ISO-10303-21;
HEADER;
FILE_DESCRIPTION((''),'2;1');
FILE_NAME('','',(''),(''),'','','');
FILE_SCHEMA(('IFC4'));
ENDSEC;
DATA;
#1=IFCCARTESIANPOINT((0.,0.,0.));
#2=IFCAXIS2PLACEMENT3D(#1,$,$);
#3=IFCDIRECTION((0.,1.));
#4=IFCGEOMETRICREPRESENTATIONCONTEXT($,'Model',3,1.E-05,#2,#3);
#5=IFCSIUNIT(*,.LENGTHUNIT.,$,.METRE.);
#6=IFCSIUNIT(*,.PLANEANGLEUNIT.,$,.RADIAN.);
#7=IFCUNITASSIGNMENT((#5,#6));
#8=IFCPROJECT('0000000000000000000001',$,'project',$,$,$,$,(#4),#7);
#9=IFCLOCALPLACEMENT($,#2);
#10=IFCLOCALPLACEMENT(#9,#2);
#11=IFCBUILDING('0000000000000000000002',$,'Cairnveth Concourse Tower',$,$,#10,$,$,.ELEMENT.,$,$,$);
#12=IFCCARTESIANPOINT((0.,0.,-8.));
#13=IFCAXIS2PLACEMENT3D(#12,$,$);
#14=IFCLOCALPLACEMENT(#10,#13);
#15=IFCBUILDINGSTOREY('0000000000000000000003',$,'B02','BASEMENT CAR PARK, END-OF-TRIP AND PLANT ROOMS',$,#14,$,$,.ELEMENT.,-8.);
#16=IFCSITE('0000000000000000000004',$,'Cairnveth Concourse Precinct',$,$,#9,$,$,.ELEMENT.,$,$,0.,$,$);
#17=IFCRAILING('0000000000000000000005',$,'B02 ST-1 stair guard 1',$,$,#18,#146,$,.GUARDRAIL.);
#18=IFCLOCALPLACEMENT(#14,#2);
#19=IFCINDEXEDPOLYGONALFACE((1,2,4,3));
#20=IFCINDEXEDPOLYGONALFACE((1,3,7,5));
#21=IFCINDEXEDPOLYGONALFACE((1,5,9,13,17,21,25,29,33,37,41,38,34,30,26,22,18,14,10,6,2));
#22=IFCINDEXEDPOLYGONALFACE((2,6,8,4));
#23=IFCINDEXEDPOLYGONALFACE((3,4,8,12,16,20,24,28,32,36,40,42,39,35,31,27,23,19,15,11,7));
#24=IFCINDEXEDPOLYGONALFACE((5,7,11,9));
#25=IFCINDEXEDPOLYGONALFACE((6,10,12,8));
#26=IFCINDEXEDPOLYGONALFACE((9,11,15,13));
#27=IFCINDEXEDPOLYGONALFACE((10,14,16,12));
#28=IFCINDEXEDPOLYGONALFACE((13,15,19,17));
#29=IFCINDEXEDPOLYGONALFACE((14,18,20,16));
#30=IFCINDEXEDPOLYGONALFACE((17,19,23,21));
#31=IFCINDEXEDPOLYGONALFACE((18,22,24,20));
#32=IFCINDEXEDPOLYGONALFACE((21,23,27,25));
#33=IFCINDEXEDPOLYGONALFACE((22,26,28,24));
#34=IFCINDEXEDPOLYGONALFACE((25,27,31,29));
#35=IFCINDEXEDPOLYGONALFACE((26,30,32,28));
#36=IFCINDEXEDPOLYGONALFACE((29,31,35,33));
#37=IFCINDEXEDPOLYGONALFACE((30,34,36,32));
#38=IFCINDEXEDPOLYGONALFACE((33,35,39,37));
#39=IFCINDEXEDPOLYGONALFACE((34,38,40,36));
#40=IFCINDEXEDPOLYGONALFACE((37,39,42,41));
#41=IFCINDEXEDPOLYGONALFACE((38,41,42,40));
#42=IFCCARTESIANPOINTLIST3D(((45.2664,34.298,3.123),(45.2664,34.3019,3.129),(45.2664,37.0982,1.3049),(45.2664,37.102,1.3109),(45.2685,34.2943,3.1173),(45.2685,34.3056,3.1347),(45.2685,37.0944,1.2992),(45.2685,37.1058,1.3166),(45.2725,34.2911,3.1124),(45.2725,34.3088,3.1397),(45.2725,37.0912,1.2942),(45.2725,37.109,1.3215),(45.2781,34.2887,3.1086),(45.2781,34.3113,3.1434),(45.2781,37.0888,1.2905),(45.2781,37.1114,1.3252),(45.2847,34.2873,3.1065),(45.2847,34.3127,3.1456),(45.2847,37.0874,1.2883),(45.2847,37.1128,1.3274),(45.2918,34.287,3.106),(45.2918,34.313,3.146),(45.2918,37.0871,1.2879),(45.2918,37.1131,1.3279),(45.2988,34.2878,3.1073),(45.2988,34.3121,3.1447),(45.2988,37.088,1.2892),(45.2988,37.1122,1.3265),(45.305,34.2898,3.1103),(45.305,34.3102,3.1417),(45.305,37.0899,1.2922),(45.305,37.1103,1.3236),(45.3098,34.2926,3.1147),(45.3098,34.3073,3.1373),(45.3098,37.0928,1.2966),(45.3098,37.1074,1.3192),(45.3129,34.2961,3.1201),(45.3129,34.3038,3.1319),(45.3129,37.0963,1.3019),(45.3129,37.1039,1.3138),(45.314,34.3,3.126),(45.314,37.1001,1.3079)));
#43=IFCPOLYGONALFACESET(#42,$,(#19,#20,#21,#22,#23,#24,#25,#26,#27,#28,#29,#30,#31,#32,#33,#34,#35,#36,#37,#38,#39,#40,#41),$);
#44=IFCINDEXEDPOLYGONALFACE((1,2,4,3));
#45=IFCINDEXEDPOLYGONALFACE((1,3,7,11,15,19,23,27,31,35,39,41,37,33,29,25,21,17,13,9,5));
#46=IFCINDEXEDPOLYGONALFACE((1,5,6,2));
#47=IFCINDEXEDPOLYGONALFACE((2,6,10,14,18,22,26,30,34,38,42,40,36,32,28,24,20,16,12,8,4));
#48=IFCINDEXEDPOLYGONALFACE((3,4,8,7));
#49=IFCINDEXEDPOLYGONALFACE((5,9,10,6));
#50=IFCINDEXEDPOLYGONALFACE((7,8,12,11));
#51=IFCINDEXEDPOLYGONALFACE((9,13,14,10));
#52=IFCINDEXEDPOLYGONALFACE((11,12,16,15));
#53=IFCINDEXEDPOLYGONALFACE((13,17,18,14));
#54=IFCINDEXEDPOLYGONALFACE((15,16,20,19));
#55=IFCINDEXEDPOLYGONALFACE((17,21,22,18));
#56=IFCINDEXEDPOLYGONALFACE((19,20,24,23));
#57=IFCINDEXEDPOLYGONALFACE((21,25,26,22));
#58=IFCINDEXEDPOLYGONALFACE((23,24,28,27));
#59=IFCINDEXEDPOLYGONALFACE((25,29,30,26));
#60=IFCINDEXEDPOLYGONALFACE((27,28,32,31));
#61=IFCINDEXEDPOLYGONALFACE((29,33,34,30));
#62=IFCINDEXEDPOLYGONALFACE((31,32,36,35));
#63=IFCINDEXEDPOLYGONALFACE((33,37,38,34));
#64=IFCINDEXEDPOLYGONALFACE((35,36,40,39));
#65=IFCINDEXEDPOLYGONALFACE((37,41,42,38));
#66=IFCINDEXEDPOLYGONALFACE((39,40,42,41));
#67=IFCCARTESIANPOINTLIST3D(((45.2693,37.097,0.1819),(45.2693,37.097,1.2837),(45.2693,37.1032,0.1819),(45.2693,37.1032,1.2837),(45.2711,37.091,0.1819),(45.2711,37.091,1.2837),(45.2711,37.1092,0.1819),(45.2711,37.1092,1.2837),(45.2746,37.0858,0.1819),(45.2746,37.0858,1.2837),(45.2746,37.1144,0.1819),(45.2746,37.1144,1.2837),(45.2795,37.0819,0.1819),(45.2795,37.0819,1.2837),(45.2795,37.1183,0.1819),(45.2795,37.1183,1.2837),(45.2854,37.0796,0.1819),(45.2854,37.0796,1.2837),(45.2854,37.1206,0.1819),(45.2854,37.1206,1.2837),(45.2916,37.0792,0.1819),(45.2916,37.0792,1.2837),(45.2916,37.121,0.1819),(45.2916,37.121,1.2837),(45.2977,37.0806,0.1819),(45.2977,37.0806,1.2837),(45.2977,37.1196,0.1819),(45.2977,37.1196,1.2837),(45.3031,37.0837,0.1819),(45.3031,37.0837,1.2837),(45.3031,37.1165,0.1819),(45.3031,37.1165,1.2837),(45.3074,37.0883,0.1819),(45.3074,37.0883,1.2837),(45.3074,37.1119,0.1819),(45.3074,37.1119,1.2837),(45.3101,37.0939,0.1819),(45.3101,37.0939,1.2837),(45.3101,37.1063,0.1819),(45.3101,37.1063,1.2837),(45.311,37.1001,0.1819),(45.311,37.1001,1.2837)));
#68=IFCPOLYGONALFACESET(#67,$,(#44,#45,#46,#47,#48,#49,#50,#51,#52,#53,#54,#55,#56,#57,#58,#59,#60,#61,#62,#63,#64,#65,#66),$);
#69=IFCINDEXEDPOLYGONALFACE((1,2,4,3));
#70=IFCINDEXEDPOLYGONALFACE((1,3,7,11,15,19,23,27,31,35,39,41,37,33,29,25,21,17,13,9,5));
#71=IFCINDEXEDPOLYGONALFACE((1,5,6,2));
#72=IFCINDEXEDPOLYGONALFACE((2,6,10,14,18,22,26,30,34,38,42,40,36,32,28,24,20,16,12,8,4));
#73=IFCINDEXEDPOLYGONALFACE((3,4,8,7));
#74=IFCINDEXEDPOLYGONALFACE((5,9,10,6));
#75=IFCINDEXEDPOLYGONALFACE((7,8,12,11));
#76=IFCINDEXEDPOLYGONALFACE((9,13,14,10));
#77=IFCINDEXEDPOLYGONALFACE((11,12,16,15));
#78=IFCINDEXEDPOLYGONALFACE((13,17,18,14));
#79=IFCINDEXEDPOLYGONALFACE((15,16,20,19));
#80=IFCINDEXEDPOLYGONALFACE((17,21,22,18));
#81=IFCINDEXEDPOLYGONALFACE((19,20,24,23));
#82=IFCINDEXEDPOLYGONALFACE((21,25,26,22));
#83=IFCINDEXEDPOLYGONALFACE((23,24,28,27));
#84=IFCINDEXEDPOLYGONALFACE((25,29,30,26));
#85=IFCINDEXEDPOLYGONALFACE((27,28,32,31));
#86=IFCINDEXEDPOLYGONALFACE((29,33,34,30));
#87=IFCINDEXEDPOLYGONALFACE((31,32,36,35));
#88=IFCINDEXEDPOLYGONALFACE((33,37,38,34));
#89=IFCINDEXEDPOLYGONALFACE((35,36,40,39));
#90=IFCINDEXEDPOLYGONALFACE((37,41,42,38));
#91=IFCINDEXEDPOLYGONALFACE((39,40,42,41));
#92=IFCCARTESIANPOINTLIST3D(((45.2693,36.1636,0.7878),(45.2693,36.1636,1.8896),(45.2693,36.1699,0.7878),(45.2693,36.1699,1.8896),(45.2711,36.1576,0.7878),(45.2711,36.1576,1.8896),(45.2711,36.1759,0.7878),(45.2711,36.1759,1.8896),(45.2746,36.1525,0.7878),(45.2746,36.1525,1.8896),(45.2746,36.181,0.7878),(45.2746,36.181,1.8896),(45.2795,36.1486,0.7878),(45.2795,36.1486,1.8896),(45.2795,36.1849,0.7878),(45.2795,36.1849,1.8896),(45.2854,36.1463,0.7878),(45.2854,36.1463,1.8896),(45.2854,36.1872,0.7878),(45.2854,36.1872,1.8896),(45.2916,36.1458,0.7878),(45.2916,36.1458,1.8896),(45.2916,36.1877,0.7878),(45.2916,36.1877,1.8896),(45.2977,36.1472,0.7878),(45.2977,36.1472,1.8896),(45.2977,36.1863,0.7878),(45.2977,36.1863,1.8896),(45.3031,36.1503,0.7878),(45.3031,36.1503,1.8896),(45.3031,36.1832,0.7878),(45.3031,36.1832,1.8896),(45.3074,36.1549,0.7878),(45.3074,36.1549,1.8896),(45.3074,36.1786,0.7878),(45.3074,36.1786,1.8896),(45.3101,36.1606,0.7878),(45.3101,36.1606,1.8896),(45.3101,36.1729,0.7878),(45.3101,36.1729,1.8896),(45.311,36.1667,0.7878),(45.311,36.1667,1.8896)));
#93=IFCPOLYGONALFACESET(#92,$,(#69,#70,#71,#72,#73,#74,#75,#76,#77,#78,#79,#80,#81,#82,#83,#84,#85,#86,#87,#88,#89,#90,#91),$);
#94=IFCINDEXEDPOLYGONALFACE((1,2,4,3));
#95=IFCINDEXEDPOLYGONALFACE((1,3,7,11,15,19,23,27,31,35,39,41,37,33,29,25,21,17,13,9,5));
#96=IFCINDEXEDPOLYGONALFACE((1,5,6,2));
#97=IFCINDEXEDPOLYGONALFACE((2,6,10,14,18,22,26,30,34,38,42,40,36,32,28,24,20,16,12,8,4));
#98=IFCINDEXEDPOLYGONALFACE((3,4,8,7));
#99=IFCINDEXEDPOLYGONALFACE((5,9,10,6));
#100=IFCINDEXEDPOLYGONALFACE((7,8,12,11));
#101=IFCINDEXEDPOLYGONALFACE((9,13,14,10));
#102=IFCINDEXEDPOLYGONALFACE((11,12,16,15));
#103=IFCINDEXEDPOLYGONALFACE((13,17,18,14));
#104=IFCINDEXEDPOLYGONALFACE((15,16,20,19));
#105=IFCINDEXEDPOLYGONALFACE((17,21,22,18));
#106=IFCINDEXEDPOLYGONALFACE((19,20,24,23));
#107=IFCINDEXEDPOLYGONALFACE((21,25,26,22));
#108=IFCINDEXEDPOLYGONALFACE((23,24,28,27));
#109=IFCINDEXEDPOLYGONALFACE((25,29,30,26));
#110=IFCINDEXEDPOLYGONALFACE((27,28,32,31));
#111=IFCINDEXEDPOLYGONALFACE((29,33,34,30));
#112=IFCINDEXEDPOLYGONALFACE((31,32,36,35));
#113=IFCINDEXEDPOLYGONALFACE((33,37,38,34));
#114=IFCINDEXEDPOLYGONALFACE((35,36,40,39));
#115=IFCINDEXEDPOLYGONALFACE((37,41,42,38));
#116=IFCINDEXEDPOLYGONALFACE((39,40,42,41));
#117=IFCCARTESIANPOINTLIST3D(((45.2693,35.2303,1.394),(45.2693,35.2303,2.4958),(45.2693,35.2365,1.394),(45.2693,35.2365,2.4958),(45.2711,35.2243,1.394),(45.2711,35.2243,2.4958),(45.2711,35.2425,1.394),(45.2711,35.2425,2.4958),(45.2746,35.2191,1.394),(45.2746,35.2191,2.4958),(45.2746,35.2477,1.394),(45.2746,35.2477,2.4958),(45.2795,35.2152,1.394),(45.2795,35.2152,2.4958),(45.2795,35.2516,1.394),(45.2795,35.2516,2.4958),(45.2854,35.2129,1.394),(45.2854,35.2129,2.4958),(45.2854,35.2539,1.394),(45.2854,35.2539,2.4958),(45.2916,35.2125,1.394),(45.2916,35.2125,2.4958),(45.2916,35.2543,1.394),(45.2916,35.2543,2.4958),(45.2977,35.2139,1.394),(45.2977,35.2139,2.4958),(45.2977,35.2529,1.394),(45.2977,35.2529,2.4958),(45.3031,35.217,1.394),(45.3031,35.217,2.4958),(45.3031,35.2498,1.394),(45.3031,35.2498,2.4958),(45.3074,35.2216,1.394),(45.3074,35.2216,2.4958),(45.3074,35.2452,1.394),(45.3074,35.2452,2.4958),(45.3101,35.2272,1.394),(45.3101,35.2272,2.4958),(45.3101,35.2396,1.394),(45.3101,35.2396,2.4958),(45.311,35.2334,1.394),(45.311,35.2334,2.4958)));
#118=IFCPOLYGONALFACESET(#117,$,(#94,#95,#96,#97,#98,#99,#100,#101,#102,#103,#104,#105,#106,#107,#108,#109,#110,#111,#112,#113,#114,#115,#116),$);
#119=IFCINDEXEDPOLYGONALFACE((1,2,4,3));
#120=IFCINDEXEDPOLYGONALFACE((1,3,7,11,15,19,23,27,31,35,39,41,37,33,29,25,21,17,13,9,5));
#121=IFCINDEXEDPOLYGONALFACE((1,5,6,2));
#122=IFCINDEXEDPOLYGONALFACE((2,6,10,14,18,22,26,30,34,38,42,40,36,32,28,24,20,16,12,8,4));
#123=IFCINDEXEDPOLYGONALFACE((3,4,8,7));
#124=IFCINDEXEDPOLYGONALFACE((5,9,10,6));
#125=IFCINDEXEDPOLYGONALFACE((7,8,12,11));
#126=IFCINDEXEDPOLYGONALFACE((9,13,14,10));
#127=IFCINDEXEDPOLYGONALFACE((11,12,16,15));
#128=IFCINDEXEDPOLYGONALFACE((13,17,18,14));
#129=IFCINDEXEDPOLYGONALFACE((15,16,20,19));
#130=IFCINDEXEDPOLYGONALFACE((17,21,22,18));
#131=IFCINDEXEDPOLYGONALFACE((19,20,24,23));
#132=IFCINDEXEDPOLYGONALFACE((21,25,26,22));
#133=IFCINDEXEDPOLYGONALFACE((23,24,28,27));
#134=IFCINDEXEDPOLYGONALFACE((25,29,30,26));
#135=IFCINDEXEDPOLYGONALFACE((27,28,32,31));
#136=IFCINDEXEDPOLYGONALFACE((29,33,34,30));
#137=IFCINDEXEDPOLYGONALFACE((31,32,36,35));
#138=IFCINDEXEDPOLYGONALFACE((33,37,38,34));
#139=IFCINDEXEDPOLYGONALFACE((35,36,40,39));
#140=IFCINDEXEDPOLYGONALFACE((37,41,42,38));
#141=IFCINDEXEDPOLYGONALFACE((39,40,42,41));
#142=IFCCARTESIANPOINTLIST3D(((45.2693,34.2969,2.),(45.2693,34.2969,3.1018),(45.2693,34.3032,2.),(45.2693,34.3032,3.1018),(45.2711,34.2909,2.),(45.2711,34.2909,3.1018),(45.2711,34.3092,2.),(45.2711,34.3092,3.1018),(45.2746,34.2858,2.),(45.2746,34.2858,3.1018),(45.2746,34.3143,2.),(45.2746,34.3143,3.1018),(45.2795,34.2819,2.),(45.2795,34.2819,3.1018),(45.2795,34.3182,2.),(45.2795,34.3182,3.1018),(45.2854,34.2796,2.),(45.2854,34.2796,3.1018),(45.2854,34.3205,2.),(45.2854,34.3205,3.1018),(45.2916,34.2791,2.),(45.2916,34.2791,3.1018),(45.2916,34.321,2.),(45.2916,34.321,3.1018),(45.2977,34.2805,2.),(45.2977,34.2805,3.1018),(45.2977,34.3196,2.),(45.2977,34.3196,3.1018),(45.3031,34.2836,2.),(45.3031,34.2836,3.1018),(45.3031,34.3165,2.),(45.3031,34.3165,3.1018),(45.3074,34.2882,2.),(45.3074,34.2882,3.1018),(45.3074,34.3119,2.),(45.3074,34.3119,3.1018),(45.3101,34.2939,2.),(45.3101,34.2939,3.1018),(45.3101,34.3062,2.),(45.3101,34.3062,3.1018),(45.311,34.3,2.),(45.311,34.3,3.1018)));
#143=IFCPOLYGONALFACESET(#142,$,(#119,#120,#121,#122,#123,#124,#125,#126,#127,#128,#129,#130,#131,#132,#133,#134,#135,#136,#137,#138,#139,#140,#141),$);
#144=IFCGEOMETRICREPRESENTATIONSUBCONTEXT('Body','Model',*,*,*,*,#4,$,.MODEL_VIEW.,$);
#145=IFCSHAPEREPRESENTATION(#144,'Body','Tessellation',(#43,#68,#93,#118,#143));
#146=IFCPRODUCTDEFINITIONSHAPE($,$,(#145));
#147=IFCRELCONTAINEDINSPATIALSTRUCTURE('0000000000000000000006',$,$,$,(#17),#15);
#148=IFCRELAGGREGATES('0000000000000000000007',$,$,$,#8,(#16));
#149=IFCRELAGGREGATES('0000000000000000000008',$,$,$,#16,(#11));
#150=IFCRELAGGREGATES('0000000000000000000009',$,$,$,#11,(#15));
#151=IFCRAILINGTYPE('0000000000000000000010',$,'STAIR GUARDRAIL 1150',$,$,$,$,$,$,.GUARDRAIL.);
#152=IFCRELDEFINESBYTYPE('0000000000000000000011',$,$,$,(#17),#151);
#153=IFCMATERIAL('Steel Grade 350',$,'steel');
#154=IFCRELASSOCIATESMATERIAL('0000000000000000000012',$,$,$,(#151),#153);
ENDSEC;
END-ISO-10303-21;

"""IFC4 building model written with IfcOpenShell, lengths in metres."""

from ifc_helpers import new_model, si_unit, direction, frame, origin, origin_2d, place, context, subcontext, project, spatial, circle, extrude, material, type_object, element, save


model = new_model("IFC4")

# Units and contexts
model_context = context("Model", 3, precision=1e-05, world=origin(), true_north=direction((0.0, 1.0)))
body_context = subcontext(model_context, "Body", "Model", "MODEL_VIEW")
ifc_project = project(units=[si_unit("LENGTHUNIT", "METRE"), si_unit("PLANEANGLEUNIT", "RADIAN")], contexts=[model_context])

# Site, building, storey
site_placement = place(None, origin())
site = spatial("IfcSite", under=ifc_project, at=site_placement, Name="Cairnveth Concourse Precinct", CompositionType="ELEMENT", RefElevation=0.0)
building_placement = place(site_placement, origin())
building = spatial("IfcBuilding", under=site, at=building_placement, Name="Cairnveth Concourse Tower", CompositionType="ELEMENT")
storey_placement = place(building_placement, frame((0.0, 0.0, -8.0)))
storey = spatial("IfcBuildingStorey", under=building, at=storey_placement, Name="B02", Description="BASEMENT CAR PARK, END-OF-TRIP AND PLANT ROOMS", CompositionType="ELEMENT", Elevation=-8.0)

# Shared definitions
ifc_material_1 = material(Name="Steel Grade 350", Category="steel")

# Railing
railing_type_1 = type_object("IfcRailingType", Name="STAIR GUARDRAIL 1150", PredefinedType="GUARDRAIL", material=ifc_material_1)
railing_1_placement = place(storey_placement, frame((45.29, 37.1001, 0.1819)))
element("IfcRailing", 1, at=railing_1_placement, inside=storey, type_object=railing_type_1, Name="B02 ST-1 stair guard 1", PredefinedType="GUARDRAIL", context=body_context, shape_type="SweptSolid", body=[
    extrude(circle(Radius=0.0239, at=origin_2d()), frame((0.0, 0.0, 1.126), z_axis=(0.0, -0.838706, 0.544585), x_axis=(1.0, 0.0, 0.0)), (0.0, 0.0, 1.0), 3.3386),
    extrude(circle(Radius=0.021, at=origin_2d()), origin(), (0.0, 0.0, 1.0), 1.1018),
    extrude(circle(Radius=0.021, at=origin_2d()), frame((0.0, -0.9333, 0.606)), (0.0, 0.0, 1.0), 1.1018),
    extrude(circle(Radius=0.021, at=origin_2d()), frame((0.0, -1.8667, 1.2122)), (0.0, 0.0, 1.0), 1.1018),
    extrude(circle(Radius=0.021, at=origin_2d()), frame((0.0, -2.8, 1.8181)), (0.0, 0.0, 1.0), 1.1018),
])

save(model, "model.ifc")
